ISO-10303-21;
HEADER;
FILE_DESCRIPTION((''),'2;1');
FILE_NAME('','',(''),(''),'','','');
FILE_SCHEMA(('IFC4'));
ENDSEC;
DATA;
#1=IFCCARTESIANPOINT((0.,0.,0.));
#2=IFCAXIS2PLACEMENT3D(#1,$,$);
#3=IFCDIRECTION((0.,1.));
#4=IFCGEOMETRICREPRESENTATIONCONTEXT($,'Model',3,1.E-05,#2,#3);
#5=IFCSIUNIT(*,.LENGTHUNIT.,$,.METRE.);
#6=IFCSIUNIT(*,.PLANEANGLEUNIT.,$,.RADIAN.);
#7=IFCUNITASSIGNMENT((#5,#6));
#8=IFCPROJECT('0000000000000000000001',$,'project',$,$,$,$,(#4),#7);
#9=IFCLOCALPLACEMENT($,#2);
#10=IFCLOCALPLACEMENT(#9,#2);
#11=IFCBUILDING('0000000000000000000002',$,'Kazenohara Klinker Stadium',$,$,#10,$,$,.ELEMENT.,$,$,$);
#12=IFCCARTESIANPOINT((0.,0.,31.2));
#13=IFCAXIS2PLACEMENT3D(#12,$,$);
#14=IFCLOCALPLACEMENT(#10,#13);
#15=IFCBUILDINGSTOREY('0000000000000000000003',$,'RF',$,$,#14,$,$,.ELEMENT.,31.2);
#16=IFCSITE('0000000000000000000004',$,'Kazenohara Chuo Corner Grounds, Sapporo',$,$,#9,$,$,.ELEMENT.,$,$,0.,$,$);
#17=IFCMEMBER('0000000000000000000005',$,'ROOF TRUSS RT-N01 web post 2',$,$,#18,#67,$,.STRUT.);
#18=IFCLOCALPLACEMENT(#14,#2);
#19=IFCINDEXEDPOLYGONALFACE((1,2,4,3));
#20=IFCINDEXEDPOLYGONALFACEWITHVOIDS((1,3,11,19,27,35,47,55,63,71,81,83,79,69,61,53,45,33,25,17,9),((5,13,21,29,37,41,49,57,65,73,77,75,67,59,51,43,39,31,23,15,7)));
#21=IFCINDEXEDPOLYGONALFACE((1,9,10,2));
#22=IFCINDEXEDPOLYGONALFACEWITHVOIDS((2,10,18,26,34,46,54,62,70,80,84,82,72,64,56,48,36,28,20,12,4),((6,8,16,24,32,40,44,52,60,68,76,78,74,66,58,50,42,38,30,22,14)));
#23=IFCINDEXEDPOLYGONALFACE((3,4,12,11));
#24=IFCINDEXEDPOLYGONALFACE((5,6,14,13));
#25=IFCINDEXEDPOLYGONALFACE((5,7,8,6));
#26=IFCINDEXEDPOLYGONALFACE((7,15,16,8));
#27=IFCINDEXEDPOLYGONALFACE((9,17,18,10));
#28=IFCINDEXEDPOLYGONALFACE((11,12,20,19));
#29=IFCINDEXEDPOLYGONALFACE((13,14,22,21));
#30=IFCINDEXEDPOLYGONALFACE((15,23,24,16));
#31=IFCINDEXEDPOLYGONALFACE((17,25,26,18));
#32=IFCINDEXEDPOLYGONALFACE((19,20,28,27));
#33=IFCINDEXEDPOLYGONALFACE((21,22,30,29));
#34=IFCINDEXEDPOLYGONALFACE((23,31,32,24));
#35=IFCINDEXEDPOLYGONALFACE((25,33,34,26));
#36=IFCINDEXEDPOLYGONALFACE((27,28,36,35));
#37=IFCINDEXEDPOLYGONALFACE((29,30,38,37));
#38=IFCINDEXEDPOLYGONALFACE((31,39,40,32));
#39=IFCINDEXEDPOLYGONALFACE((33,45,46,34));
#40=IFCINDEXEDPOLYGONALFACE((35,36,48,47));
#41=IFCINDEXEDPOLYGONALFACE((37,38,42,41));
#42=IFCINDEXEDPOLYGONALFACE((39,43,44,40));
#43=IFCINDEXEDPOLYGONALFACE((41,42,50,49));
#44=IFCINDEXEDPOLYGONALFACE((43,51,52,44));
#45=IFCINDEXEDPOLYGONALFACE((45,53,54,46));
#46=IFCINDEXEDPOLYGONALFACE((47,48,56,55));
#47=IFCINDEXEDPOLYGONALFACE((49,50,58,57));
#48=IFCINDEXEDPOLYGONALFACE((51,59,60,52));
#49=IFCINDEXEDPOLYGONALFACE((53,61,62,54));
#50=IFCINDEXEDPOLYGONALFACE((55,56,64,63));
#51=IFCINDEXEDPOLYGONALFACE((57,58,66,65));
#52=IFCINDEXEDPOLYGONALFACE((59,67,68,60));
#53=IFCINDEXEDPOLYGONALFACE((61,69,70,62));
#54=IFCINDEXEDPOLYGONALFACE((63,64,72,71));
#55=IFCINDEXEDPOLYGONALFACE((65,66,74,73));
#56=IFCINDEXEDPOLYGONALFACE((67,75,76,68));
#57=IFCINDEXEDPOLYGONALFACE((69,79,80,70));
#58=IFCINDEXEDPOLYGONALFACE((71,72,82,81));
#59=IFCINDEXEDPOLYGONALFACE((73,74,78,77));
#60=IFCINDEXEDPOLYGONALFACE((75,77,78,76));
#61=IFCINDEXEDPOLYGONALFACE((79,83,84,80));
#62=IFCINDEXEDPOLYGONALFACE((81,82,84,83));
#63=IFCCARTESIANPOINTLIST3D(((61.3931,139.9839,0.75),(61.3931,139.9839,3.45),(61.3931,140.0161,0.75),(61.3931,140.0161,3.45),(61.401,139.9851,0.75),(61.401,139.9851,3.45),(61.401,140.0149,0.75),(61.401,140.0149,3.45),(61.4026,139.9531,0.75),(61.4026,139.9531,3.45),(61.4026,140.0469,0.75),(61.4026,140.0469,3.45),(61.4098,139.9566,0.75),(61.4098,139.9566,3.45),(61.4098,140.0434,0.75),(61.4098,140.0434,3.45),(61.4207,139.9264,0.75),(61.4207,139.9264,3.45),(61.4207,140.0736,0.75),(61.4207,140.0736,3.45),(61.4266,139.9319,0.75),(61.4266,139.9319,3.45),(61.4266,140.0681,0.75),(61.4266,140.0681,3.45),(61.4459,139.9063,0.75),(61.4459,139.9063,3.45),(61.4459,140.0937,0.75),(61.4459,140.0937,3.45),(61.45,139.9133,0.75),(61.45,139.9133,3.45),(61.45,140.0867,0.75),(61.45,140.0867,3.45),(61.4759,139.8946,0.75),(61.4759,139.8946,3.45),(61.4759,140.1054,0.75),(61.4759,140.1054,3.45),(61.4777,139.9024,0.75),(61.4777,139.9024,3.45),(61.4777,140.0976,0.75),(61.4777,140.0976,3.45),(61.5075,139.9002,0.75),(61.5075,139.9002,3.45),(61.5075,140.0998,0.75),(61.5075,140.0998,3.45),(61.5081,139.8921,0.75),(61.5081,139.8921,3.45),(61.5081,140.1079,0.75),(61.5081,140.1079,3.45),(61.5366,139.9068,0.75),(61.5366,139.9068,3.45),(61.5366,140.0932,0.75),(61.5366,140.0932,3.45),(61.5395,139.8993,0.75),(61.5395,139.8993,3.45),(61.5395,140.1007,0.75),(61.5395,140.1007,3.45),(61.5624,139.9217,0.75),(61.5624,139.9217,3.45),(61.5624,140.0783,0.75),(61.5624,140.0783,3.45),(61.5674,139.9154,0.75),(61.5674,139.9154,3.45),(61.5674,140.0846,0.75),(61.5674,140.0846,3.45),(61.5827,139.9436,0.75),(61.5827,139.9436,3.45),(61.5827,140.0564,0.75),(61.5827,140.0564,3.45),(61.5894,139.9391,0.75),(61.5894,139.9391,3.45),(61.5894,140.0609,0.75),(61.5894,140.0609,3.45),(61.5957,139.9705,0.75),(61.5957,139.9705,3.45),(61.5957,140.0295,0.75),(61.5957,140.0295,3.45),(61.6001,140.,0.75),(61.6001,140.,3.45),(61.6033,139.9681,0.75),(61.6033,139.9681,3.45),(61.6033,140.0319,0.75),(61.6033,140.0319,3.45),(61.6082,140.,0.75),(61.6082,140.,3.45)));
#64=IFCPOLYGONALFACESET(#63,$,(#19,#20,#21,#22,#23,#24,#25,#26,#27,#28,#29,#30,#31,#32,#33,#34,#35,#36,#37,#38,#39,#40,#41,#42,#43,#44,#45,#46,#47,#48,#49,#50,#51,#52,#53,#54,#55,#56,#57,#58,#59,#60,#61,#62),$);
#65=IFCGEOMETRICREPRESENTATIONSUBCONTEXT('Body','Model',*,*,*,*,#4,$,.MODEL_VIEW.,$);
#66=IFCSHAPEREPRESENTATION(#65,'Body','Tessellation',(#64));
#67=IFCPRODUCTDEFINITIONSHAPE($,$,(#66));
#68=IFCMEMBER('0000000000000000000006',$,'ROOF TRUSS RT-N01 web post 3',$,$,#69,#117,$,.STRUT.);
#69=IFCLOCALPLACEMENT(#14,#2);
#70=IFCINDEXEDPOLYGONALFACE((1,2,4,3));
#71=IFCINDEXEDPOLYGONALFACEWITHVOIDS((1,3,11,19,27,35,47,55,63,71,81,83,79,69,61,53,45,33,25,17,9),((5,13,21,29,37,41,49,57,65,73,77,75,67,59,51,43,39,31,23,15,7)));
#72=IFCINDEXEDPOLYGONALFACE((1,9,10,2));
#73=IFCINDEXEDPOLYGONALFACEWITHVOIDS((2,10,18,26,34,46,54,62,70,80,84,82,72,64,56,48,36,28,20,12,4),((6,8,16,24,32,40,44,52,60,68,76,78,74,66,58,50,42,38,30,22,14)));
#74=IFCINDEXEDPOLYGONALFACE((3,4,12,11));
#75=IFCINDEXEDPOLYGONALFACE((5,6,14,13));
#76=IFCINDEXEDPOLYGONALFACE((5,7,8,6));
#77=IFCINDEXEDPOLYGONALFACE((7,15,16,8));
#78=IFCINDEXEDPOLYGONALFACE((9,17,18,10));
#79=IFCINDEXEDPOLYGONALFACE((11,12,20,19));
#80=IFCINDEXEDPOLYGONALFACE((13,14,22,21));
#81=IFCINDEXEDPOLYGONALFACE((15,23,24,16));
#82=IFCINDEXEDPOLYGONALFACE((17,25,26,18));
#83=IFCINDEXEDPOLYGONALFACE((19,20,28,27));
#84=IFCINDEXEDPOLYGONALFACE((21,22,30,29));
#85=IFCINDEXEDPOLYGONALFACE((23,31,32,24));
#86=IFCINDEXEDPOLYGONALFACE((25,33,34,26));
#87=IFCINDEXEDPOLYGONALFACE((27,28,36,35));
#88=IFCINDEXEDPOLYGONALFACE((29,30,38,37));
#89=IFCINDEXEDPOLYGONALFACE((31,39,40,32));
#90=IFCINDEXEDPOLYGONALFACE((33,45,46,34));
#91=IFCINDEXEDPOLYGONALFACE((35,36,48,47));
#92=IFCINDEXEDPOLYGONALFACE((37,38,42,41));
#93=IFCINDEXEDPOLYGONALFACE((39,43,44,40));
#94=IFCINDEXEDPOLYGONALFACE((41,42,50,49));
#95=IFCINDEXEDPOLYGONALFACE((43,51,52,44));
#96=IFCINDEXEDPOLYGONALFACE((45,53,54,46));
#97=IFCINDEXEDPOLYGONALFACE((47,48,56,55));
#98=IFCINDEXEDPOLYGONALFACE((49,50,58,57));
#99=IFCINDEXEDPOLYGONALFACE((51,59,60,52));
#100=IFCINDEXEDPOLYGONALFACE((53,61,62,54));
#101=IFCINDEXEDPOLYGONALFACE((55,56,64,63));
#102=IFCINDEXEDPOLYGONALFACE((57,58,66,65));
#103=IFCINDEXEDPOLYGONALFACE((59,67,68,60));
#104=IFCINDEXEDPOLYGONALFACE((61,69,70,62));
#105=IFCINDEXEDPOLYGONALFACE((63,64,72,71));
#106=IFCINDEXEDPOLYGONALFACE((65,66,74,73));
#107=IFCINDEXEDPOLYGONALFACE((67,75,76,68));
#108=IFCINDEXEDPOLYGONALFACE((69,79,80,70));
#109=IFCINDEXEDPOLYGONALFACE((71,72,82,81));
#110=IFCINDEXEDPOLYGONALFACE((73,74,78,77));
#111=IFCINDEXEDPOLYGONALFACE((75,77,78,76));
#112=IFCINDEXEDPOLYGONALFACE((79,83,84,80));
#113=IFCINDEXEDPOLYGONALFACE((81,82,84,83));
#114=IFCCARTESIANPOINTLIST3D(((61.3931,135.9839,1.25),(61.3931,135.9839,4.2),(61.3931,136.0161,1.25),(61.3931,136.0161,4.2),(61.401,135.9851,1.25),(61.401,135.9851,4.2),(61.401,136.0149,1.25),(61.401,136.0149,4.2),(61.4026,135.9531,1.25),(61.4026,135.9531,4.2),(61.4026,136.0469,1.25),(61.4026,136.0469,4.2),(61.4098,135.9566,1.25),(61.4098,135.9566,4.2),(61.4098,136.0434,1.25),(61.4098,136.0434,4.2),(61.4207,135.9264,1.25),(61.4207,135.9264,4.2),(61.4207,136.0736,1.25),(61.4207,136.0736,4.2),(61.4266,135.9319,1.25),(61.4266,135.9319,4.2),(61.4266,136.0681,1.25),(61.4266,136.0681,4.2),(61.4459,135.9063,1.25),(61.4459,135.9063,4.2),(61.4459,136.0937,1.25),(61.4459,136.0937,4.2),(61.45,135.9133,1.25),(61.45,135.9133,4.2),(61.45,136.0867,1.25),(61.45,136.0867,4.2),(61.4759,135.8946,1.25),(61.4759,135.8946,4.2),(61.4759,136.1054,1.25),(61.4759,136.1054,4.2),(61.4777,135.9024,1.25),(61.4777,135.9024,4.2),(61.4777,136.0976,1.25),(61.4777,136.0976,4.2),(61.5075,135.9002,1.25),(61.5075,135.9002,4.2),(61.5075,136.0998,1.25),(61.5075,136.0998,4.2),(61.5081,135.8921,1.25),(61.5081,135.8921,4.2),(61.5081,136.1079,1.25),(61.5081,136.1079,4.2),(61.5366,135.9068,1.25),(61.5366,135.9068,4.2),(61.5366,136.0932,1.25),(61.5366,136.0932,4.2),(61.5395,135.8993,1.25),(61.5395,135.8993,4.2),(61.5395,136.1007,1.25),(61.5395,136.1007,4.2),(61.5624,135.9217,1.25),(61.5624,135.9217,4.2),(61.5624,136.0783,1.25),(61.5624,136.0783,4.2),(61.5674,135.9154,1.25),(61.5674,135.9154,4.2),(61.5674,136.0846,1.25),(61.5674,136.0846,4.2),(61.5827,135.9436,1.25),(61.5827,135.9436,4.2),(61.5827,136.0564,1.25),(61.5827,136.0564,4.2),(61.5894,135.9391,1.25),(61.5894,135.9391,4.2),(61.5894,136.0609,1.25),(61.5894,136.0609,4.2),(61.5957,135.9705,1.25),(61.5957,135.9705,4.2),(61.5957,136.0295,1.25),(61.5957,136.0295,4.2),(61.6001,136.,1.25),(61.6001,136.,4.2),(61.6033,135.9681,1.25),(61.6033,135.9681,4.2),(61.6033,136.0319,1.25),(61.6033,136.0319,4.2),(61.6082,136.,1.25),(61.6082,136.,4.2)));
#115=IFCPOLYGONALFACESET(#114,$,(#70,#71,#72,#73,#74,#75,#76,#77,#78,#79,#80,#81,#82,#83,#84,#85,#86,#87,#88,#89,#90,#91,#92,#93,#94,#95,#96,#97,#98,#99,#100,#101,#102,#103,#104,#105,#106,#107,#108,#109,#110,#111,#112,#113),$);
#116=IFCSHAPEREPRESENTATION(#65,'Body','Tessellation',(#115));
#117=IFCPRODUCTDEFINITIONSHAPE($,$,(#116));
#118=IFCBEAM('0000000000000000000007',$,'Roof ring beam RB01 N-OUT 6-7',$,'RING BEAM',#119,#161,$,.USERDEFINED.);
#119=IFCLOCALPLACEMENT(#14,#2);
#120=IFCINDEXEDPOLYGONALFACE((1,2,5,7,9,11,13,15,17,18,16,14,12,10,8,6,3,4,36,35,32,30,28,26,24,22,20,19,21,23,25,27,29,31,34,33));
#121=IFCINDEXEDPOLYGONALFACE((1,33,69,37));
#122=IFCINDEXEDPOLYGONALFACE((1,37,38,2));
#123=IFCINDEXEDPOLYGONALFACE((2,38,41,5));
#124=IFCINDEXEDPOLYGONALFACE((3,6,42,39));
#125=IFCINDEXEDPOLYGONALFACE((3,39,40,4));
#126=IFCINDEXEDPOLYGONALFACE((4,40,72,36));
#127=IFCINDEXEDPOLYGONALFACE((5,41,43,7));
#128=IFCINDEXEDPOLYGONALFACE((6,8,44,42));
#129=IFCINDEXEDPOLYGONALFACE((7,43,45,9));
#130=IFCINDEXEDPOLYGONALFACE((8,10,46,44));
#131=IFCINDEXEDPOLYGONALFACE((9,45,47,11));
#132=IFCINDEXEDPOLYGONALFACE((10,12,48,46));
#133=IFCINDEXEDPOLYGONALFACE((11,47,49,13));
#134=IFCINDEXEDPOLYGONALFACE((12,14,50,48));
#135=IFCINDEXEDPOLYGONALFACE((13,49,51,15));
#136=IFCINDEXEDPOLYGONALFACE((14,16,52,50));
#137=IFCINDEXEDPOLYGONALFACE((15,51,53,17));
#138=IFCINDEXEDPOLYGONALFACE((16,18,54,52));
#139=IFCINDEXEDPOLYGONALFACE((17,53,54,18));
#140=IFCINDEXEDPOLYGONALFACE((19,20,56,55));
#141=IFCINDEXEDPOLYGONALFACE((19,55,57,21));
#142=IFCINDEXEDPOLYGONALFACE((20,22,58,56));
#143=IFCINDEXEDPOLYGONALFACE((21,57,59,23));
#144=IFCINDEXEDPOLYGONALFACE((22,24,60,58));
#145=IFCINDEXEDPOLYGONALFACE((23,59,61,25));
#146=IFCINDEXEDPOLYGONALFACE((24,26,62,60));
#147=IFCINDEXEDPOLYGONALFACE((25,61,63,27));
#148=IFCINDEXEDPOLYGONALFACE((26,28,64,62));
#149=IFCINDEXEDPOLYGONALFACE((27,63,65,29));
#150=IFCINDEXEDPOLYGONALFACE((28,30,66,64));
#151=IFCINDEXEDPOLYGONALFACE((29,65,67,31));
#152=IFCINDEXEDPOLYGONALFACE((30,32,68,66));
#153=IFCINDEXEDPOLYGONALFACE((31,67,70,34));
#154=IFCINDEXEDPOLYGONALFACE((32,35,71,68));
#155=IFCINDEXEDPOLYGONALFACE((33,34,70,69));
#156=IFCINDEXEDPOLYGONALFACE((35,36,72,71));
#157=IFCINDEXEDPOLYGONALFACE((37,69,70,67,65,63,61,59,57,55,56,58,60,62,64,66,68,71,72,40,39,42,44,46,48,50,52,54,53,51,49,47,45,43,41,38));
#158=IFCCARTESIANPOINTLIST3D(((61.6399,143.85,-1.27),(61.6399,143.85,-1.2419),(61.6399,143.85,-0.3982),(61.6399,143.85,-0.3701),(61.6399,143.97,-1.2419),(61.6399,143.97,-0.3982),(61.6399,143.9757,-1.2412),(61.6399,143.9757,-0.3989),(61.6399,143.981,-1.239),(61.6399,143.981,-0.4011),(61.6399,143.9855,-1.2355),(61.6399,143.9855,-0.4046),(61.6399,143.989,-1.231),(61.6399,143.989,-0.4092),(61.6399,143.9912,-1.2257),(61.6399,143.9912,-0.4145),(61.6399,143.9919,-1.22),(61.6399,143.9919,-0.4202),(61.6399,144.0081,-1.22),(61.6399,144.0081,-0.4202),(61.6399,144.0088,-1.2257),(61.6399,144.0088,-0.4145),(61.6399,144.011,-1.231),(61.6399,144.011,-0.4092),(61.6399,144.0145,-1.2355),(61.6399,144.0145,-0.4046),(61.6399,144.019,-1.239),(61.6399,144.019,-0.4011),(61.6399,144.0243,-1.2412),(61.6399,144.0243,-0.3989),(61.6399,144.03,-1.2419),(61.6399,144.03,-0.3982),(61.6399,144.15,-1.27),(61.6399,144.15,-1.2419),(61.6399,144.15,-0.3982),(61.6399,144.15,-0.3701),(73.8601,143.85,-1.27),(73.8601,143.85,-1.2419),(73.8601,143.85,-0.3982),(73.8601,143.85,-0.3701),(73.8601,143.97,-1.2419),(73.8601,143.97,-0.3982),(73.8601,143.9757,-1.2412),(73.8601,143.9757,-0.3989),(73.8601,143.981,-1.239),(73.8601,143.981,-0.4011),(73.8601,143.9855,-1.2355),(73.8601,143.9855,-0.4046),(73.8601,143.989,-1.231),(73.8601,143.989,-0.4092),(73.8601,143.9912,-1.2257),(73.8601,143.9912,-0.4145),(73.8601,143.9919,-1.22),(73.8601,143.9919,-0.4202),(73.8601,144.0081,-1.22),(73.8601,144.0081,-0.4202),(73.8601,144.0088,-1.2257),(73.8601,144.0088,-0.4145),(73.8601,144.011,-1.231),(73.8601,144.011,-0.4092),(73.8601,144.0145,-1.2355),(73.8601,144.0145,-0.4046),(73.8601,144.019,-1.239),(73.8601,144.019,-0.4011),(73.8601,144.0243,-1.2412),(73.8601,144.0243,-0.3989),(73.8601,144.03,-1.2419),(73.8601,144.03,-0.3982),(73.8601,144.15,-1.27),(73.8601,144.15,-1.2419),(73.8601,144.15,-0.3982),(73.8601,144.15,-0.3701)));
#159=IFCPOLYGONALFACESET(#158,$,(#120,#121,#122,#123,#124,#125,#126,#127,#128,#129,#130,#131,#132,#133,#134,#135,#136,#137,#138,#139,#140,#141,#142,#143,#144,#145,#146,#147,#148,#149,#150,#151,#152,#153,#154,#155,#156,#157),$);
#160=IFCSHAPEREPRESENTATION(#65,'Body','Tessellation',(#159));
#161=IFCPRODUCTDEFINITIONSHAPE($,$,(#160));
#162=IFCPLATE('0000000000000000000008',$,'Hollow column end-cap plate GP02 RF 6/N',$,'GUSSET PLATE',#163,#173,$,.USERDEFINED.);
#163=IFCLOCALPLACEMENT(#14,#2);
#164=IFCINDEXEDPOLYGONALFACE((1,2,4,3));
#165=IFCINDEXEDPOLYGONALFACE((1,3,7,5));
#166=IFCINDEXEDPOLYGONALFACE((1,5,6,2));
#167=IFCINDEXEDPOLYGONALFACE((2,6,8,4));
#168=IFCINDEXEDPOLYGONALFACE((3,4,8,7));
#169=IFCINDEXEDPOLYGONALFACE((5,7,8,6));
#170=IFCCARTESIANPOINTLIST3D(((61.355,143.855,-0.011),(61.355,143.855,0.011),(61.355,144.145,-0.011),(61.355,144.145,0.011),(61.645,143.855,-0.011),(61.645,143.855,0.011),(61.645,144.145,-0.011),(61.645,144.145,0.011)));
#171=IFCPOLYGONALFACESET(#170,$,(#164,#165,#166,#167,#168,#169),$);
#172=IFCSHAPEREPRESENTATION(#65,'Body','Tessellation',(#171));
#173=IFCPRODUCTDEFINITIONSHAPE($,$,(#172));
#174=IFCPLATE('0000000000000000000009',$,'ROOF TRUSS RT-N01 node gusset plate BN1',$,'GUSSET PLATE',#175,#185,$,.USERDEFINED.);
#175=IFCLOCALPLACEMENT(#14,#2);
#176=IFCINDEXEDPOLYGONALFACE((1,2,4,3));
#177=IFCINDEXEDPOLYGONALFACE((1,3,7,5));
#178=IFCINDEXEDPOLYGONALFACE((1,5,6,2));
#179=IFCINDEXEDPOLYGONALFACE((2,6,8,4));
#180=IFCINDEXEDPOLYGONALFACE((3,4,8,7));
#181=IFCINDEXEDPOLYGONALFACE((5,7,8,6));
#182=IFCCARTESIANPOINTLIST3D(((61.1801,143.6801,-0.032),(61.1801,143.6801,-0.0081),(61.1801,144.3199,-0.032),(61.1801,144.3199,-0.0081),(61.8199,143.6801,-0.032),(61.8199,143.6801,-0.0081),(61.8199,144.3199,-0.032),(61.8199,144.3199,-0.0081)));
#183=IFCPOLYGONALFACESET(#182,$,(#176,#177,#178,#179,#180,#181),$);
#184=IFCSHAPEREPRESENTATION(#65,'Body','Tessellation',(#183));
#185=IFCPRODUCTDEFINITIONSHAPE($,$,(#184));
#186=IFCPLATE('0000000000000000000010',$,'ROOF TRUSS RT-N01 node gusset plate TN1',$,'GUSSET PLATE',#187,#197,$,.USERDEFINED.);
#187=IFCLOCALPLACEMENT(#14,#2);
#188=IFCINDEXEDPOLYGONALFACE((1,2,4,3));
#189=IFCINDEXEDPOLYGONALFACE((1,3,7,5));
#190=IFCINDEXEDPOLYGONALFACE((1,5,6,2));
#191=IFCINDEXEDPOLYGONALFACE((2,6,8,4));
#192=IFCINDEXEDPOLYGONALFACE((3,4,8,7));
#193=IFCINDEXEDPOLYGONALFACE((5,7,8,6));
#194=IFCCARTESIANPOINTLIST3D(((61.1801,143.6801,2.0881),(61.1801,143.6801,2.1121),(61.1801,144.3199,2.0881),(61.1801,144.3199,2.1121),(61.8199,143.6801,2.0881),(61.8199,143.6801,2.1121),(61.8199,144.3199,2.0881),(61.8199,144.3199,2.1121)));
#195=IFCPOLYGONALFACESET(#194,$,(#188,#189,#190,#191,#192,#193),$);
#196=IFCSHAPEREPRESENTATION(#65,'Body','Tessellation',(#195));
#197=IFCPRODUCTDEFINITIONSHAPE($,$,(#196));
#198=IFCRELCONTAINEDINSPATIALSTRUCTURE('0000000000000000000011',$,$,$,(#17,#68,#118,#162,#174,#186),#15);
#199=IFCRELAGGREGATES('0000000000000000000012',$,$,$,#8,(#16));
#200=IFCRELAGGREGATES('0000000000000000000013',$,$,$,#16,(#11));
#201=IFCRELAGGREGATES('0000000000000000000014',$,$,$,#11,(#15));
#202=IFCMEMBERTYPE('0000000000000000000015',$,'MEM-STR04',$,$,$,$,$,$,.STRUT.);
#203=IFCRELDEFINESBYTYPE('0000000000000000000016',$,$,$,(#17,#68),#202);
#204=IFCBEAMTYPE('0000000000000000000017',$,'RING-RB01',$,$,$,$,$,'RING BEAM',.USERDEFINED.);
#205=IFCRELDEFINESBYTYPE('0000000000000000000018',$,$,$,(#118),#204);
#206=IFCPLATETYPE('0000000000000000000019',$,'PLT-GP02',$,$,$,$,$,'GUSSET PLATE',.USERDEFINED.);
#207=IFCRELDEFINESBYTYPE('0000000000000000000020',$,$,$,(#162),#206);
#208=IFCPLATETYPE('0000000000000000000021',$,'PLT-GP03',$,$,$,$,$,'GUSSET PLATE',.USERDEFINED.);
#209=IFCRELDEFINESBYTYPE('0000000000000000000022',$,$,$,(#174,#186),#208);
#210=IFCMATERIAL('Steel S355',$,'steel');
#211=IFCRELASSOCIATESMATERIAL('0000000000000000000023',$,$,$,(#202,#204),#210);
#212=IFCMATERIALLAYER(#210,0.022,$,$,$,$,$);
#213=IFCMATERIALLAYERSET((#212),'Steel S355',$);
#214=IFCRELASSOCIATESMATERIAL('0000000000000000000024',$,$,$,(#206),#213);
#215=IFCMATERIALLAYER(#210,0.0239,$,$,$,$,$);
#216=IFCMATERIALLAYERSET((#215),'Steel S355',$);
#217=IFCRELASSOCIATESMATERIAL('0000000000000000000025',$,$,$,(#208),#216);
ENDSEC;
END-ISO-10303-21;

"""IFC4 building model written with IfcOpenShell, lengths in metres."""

from ifc_helpers import new_model, si_unit, direction, frame, origin, origin_2d, place, context, subcontext, project, spatial, rectangle, hollow_circle, i_section, extrude, material, layer, layer_set, material_profile, profile_set, type_object, element, save


model = new_model("IFC4")

# Units and contexts
model_context = context("Model", 3, precision=1e-05, world=origin(), true_north=direction((0.0, 1.0)))
body_context = subcontext(model_context, "Body", "Model", "MODEL_VIEW")
ifc_project = project(units=[si_unit("LENGTHUNIT", "METRE"), si_unit("PLANEANGLEUNIT", "RADIAN")], contexts=[model_context])

# Site, building, storey
site_placement = place(None, origin())
site = spatial("IfcSite", under=ifc_project, at=site_placement, Name="Kazenohara Chuo Corner Grounds, Sapporo", CompositionType="ELEMENT", RefElevation=0.0)
building_placement = place(site_placement, origin())
building = spatial("IfcBuilding", under=site, at=building_placement, Name="Kazenohara Klinker Stadium", CompositionType="ELEMENT")
storey_placement = place(building_placement, frame((0.0, 0.0, 31.2)))
storey = spatial("IfcBuildingStorey", under=building, at=storey_placement, Name="RF", CompositionType="ELEMENT", Elevation=31.2)

# Members
ifc_material_1 = material(Name="Steel S355", Category="steel")
ifc_material_profile_1 = material_profile(ifc_material_1, hollow_circle(Radius=0.1082, WallThickness=0.0081, at=origin_2d()), Name="CHS-216.3x8")
ifc_profile_set_1 = profile_set([ifc_material_profile_1], Name="Steel S355")
member_type_1 = type_object("IfcMemberType", Name="MEM-STR04", PredefinedType="STRUT", material=ifc_profile_set_1)
member_1_placement = place(storey_placement, frame((61.5, 140.0, 0.75), z_axis=(0.0, 0.0, 1.0), x_axis=(1.0, 0.0, 0.0)))
element("IfcMember", 1, at=member_1_placement, inside=storey, type_object=member_type_1, Name="ROOF TRUSS RT-N01 web post 2", PredefinedType="STRUT", context=body_context, shape_type="SweptSolid", body=[
    extrude(hollow_circle(Radius=0.1082, WallThickness=0.0081, at=origin_2d()), origin(), (0.0, 0.0, 1.0), 2.7),
])
member_2_placement = place(storey_placement, frame((61.5, 136.0, 1.25), z_axis=(0.0, 0.0, 1.0), x_axis=(1.0, 0.0, 0.0)))
element("IfcMember", 2, at=member_2_placement, inside=storey, type_object=member_type_1, Name="ROOF TRUSS RT-N01 web post 3", PredefinedType="STRUT", context=body_context, shape_type="SweptSolid", body=[
    extrude(hollow_circle(Radius=0.1082, WallThickness=0.0081, at=origin_2d()), origin(), (0.0, 0.0, 1.0), 2.95),
])

# Beam
ifc_material_profile_2 = material_profile(ifc_material_1, i_section(OverallWidth=0.3, OverallDepth=0.8999, WebThickness=0.0161, FlangeThickness=0.0281, FilletRadius=0.022, at=origin_2d()), Name="H-900x300x16x28")
ifc_profile_set_2 = profile_set([ifc_material_profile_2], Name="Steel S355")
beam_type = type_object("IfcBeamType", Name="RING-RB01", ElementType="RING BEAM", PredefinedType="USERDEFINED", material=ifc_profile_set_2)
beam_placement = place(storey_placement, frame((61.6399, 144.0, -0.8201), z_axis=(1.0, 0.0, 0.0), x_axis=(0.0, 1.0, 0.0)))
element("IfcBeam", 3, at=beam_placement, inside=storey, type_object=beam_type, Name="Roof ring beam RB01 N-OUT 6-7", ObjectType="RING BEAM", PredefinedType="USERDEFINED", context=body_context, shape_type="SweptSolid", body=[
    extrude(i_section(OverallWidth=0.3, OverallDepth=0.8999, WebThickness=0.0161, FlangeThickness=0.0281, FilletRadius=0.022, at=origin_2d()), origin(), (0.0, 0.0, 1.0), 12.2202),
])

# Plates
ifc_layer_1 = layer(ifc_material_1, 0.022)
ifc_layer_set_1 = layer_set([ifc_layer_1], Name="Steel S355")
plate_type_1 = type_object("IfcPlateType", Name="PLT-GP02", ElementType="GUSSET PLATE", PredefinedType="USERDEFINED", material=ifc_layer_set_1)
plate_placement = place(storey_placement, frame((61.5, 144.0, -0.011), z_axis=(0.0, 0.0, 1.0), x_axis=(1.0, 0.0, 0.0)))
element("IfcPlate", 4, at=plate_placement, inside=storey, type_object=plate_type_1, Name="Hollow column end-cap plate GP02 RF 6/N", ObjectType="GUSSET PLATE", PredefinedType="USERDEFINED", context=body_context, shape_type="SweptSolid", body=[
    extrude(rectangle(XDim=0.29, YDim=0.29, at=origin_2d()), origin(), (0.0, 0.0, 1.0), 0.022),
])
ifc_layer_2 = layer(ifc_material_1, 0.0239)
ifc_layer_set_2 = layer_set([ifc_layer_2], Name="Steel S355")
plate_type_2 = type_object("IfcPlateType", Name="PLT-GP03", ElementType="GUSSET PLATE", PredefinedType="USERDEFINED", material=ifc_layer_set_2)
for number, where, z_axis, x_axis, name in (
    (5, (61.5, 144.0, -0.032), (0.0, 0.0, 1.0), (1.0, 0.0, 0.0), "ROOF TRUSS RT-N01 node gusset plate BN1"),
    (6, (61.5, 144.0, 2.0881), (0.0, 0.0, 1.0), (1.0, 0.0, 0.0), "ROOF TRUSS RT-N01 node gusset plate TN1"),
):
    element("IfcPlate", number, at=place(storey_placement, frame(where, z_axis=z_axis, x_axis=x_axis)), inside=storey, type_object=plate_type_2, Name=name, ObjectType="GUSSET PLATE", PredefinedType="USERDEFINED", context=body_context, shape_type="SweptSolid", body=[
        extrude(rectangle(XDim=0.6399, YDim=0.6399, at=origin_2d()), origin(), (0.0, 0.0, 1.0), 0.0239),
    ])

save(model, "model.ifc")
